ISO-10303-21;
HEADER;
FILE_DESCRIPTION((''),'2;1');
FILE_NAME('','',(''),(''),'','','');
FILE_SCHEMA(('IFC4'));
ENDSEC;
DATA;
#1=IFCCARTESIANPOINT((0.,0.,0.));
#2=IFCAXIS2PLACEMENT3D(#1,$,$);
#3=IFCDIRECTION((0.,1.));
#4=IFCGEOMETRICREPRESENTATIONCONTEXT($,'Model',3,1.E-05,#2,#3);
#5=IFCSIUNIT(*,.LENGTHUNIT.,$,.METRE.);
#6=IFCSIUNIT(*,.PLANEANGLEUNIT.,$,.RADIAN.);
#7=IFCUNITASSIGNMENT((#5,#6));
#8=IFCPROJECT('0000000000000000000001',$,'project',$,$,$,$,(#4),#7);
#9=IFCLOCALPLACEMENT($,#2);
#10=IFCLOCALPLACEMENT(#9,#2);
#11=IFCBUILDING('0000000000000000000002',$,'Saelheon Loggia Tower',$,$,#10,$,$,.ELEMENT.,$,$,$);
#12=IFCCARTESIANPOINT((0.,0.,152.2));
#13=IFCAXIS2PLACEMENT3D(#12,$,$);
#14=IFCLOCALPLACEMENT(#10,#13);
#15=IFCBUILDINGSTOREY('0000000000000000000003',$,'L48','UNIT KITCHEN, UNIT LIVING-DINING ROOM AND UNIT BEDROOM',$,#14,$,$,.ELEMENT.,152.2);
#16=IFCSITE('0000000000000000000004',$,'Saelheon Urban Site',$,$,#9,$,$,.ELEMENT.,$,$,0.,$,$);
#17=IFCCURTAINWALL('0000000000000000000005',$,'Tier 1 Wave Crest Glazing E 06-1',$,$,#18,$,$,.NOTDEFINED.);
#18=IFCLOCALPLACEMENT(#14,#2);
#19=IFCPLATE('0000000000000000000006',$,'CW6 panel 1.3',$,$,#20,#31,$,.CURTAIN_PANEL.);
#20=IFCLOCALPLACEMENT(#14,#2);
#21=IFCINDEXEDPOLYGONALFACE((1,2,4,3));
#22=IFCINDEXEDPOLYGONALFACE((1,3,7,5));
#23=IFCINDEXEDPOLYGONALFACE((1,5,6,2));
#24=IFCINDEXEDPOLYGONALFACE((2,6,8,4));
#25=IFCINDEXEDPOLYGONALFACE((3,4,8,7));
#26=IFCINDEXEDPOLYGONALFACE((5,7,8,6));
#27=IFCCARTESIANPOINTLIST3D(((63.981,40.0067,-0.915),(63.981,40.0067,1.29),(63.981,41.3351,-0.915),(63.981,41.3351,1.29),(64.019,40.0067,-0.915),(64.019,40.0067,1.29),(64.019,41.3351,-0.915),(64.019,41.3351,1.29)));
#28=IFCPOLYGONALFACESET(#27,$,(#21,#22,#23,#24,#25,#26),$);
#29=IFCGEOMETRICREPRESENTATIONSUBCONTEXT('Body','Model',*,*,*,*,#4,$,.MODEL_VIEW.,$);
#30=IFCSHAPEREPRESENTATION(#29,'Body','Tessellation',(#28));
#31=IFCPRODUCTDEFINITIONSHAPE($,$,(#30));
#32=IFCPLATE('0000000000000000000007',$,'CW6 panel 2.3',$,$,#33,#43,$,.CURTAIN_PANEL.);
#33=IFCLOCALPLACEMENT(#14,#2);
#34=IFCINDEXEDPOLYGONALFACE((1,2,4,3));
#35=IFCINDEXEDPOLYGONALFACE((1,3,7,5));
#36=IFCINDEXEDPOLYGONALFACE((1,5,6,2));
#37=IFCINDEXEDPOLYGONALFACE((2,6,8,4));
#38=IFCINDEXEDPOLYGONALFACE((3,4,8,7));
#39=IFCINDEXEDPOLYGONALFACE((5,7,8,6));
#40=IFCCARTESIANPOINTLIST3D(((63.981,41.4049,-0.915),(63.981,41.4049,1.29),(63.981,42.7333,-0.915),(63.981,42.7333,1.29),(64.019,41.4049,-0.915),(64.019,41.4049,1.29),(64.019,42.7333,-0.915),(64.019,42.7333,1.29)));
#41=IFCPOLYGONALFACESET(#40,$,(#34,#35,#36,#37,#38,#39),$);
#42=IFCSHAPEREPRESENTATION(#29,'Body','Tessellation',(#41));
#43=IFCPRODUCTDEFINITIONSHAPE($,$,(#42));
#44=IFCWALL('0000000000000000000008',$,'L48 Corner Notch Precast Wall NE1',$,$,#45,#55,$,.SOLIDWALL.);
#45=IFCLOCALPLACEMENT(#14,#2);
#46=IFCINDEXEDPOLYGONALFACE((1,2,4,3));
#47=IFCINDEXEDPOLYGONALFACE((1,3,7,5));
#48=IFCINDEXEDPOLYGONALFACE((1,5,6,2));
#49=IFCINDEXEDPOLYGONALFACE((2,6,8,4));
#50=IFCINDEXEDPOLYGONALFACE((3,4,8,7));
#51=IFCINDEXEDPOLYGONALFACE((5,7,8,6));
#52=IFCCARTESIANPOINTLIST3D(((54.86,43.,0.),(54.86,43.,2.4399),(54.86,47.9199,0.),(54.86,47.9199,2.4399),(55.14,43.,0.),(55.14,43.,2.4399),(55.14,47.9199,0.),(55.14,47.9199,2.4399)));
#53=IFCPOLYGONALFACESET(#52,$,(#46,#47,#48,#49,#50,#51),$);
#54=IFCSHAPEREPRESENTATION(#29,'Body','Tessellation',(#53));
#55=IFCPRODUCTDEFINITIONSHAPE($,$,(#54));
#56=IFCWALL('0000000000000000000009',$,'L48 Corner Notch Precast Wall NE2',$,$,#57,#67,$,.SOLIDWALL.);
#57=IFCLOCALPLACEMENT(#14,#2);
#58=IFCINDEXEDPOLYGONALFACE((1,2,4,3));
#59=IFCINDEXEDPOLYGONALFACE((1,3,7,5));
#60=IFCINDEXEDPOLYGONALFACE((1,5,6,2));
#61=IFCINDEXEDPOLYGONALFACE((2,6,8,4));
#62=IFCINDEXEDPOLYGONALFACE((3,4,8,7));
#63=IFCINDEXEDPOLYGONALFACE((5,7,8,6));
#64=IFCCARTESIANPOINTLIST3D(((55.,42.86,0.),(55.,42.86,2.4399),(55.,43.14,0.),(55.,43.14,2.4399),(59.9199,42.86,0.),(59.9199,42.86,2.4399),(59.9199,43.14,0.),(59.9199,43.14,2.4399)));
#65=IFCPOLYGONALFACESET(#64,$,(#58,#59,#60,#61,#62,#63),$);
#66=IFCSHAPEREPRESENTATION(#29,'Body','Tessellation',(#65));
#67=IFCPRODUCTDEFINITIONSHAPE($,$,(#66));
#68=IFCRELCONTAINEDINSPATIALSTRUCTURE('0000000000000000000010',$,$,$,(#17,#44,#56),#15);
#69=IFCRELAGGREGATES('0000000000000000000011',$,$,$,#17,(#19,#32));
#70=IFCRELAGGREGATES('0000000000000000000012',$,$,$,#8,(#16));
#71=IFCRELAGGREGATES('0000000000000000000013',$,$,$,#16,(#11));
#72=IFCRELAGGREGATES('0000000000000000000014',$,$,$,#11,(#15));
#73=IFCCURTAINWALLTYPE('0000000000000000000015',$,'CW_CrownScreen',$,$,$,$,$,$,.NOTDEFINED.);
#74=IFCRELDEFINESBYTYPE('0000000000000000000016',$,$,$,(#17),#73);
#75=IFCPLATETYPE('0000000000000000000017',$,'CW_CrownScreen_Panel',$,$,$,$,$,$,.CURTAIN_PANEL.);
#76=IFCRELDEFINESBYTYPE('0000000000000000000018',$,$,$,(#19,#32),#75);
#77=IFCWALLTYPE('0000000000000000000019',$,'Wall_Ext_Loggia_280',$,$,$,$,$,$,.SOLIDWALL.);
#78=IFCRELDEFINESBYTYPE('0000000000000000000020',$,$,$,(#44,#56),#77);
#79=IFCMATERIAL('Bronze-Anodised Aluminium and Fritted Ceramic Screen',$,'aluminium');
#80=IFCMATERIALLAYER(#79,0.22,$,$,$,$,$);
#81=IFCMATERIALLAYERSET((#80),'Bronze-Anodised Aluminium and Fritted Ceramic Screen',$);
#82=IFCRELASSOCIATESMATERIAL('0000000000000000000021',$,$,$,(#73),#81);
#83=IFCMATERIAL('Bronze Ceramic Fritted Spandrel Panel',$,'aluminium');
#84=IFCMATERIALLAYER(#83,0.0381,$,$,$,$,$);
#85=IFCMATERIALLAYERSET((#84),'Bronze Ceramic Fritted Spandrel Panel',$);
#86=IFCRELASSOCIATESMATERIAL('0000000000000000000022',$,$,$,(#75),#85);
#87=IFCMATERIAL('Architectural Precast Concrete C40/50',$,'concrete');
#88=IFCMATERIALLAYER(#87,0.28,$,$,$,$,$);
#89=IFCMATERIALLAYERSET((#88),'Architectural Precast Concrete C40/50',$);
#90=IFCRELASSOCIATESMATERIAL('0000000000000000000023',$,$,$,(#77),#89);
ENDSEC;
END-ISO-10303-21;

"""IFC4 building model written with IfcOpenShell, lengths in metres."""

from ifc_helpers import new_model, si_unit, direction, frame, frame_2d, origin, origin_2d, place, context, subcontext, project, spatial, rectangle, extrude, source, transform, mapped, material, layer, layer_set, type_object, element, aggregate, save


model = new_model("IFC4")

# Units and contexts
model_context = context("Model", 3, precision=1e-05, world=origin(), true_north=direction((0.0, 1.0)))
body_context = subcontext(model_context, "Body", "Model", "MODEL_VIEW")
ifc_project = project(units=[si_unit("LENGTHUNIT", "METRE"), si_unit("PLANEANGLEUNIT", "RADIAN")], contexts=[model_context])

# Site, building, storey
site_placement = place(None, origin())
site = spatial("IfcSite", under=ifc_project, at=site_placement, Name="Saelheon Urban Site", CompositionType="ELEMENT", RefElevation=0.0)
building_placement = place(site_placement, origin())
building = spatial("IfcBuilding", under=site, at=building_placement, Name="Saelheon Loggia Tower", CompositionType="ELEMENT")
storey_placement = place(building_placement, frame((0.0, 0.0, 152.2)))
storey = spatial("IfcBuildingStorey", under=building, at=storey_placement, Name="L48", Description="UNIT KITCHEN, UNIT LIVING-DINING ROOM AND UNIT BEDROOM", CompositionType="ELEMENT", Elevation=152.2)

# Curtain wall
ifc_material_1 = material(Name="Bronze-Anodised Aluminium and Fritted Ceramic Screen", Category="aluminium")
ifc_layer_1 = layer(ifc_material_1, 0.22)
ifc_layer_set_1 = layer_set([ifc_layer_1], Name="Bronze-Anodised Aluminium and Fritted Ceramic Screen")
curtain_wall_type = type_object("IfcCurtainWallType", Name="CW_CrownScreen", PredefinedType="NOTDEFINED", material=ifc_layer_set_1)
curtain_wall_1_placement = place(storey_placement, origin())
curtain_wall_1 = element("IfcCurtainWall", 1, at=curtain_wall_1_placement, inside=storey, type_object=curtain_wall_type, Name="Tier 1 Wave Crest Glazing E 06-1", PredefinedType="NOTDEFINED")

# Plates
ifc_material_2 = material(Name="Bronze Ceramic Fritted Spandrel Panel", Category="aluminium")
ifc_layer_2 = layer(ifc_material_2, 0.0381)
ifc_layer_set_2 = layer_set([ifc_layer_2], Name="Bronze Ceramic Fritted Spandrel Panel")
plate_type = type_object("IfcPlateType", Name="CW_CrownScreen_Panel", PredefinedType="CURTAIN_PANEL", material=ifc_layer_set_2)
shared_shape_1 = source(origin(), body_context, "Body", "SweptSolid", [
    extrude(rectangle(XDim=1.3284, YDim=0.0381, at=origin_2d()), origin(), (0.0, 0.0, 1.0), 2.2051),
])
plate_1_placement = place(storey_placement, frame((64.0, 40.6709, -0.915), z_axis=(0.0, 0.0, 1.0), x_axis=(0.0, 1.0, 0.0)))
plate_1 = element("IfcPlate", 2, at=plate_1_placement, type_object=plate_type, Name="CW6 panel 1.3", PredefinedType="CURTAIN_PANEL", context=body_context, shape_type="MappedRepresentation", body=[
    mapped(shared_shape_1, transform((0.0, 0.0, 0.0), scale=1.0)),
])
plate_2_placement = place(storey_placement, frame((64.0, 42.0691, -0.915), z_axis=(0.0, 0.0, 1.0), x_axis=(0.0, 1.0, 0.0)))
plate_2 = element("IfcPlate", 3, at=plate_2_placement, type_object=plate_type, Name="CW6 panel 2.3", PredefinedType="CURTAIN_PANEL", context=body_context, shape_type="MappedRepresentation", body=[
    mapped(shared_shape_1, transform((0.0, 0.0, 0.0), scale=1.0)),
])
aggregate(curtain_wall_1, [plate_1, plate_2])

# Walls
ifc_material_3 = material(Name="Architectural Precast Concrete C40/50", Category="concrete")
ifc_layer_3 = layer(ifc_material_3, 0.28)
ifc_layer_set_3 = layer_set([ifc_layer_3], Name="Architectural Precast Concrete C40/50")
wall_type = type_object("IfcWallType", Name="Wall_Ext_Loggia_280", PredefinedType="SOLIDWALL", material=ifc_layer_set_3)
for number, where, z_axis, x_axis, name in (
    (4, (55.0, 43.0, 0.0), (0.0, 0.0, 1.0), (0.0, 1.0, 0.0), "L48 Corner Notch Precast Wall NE1"),
    (5, (55.0, 43.0, 0.0), (0.0, 0.0, 1.0), (1.0, 0.0, 0.0), "L48 Corner Notch Precast Wall NE2"),
):
    element("IfcWall", number, at=place(storey_placement, frame(where, z_axis=z_axis, x_axis=x_axis)), inside=storey, type_object=wall_type, Name=name, PredefinedType="SOLIDWALL", context=body_context, shape_type="SweptSolid", body=[
        extrude(rectangle(XDim=4.9199, YDim=0.28, at=frame_2d((2.46, 0.0))), origin(), (0.0, 0.0, 1.0), 2.4399),
    ])

save(model, "model.ifc")
